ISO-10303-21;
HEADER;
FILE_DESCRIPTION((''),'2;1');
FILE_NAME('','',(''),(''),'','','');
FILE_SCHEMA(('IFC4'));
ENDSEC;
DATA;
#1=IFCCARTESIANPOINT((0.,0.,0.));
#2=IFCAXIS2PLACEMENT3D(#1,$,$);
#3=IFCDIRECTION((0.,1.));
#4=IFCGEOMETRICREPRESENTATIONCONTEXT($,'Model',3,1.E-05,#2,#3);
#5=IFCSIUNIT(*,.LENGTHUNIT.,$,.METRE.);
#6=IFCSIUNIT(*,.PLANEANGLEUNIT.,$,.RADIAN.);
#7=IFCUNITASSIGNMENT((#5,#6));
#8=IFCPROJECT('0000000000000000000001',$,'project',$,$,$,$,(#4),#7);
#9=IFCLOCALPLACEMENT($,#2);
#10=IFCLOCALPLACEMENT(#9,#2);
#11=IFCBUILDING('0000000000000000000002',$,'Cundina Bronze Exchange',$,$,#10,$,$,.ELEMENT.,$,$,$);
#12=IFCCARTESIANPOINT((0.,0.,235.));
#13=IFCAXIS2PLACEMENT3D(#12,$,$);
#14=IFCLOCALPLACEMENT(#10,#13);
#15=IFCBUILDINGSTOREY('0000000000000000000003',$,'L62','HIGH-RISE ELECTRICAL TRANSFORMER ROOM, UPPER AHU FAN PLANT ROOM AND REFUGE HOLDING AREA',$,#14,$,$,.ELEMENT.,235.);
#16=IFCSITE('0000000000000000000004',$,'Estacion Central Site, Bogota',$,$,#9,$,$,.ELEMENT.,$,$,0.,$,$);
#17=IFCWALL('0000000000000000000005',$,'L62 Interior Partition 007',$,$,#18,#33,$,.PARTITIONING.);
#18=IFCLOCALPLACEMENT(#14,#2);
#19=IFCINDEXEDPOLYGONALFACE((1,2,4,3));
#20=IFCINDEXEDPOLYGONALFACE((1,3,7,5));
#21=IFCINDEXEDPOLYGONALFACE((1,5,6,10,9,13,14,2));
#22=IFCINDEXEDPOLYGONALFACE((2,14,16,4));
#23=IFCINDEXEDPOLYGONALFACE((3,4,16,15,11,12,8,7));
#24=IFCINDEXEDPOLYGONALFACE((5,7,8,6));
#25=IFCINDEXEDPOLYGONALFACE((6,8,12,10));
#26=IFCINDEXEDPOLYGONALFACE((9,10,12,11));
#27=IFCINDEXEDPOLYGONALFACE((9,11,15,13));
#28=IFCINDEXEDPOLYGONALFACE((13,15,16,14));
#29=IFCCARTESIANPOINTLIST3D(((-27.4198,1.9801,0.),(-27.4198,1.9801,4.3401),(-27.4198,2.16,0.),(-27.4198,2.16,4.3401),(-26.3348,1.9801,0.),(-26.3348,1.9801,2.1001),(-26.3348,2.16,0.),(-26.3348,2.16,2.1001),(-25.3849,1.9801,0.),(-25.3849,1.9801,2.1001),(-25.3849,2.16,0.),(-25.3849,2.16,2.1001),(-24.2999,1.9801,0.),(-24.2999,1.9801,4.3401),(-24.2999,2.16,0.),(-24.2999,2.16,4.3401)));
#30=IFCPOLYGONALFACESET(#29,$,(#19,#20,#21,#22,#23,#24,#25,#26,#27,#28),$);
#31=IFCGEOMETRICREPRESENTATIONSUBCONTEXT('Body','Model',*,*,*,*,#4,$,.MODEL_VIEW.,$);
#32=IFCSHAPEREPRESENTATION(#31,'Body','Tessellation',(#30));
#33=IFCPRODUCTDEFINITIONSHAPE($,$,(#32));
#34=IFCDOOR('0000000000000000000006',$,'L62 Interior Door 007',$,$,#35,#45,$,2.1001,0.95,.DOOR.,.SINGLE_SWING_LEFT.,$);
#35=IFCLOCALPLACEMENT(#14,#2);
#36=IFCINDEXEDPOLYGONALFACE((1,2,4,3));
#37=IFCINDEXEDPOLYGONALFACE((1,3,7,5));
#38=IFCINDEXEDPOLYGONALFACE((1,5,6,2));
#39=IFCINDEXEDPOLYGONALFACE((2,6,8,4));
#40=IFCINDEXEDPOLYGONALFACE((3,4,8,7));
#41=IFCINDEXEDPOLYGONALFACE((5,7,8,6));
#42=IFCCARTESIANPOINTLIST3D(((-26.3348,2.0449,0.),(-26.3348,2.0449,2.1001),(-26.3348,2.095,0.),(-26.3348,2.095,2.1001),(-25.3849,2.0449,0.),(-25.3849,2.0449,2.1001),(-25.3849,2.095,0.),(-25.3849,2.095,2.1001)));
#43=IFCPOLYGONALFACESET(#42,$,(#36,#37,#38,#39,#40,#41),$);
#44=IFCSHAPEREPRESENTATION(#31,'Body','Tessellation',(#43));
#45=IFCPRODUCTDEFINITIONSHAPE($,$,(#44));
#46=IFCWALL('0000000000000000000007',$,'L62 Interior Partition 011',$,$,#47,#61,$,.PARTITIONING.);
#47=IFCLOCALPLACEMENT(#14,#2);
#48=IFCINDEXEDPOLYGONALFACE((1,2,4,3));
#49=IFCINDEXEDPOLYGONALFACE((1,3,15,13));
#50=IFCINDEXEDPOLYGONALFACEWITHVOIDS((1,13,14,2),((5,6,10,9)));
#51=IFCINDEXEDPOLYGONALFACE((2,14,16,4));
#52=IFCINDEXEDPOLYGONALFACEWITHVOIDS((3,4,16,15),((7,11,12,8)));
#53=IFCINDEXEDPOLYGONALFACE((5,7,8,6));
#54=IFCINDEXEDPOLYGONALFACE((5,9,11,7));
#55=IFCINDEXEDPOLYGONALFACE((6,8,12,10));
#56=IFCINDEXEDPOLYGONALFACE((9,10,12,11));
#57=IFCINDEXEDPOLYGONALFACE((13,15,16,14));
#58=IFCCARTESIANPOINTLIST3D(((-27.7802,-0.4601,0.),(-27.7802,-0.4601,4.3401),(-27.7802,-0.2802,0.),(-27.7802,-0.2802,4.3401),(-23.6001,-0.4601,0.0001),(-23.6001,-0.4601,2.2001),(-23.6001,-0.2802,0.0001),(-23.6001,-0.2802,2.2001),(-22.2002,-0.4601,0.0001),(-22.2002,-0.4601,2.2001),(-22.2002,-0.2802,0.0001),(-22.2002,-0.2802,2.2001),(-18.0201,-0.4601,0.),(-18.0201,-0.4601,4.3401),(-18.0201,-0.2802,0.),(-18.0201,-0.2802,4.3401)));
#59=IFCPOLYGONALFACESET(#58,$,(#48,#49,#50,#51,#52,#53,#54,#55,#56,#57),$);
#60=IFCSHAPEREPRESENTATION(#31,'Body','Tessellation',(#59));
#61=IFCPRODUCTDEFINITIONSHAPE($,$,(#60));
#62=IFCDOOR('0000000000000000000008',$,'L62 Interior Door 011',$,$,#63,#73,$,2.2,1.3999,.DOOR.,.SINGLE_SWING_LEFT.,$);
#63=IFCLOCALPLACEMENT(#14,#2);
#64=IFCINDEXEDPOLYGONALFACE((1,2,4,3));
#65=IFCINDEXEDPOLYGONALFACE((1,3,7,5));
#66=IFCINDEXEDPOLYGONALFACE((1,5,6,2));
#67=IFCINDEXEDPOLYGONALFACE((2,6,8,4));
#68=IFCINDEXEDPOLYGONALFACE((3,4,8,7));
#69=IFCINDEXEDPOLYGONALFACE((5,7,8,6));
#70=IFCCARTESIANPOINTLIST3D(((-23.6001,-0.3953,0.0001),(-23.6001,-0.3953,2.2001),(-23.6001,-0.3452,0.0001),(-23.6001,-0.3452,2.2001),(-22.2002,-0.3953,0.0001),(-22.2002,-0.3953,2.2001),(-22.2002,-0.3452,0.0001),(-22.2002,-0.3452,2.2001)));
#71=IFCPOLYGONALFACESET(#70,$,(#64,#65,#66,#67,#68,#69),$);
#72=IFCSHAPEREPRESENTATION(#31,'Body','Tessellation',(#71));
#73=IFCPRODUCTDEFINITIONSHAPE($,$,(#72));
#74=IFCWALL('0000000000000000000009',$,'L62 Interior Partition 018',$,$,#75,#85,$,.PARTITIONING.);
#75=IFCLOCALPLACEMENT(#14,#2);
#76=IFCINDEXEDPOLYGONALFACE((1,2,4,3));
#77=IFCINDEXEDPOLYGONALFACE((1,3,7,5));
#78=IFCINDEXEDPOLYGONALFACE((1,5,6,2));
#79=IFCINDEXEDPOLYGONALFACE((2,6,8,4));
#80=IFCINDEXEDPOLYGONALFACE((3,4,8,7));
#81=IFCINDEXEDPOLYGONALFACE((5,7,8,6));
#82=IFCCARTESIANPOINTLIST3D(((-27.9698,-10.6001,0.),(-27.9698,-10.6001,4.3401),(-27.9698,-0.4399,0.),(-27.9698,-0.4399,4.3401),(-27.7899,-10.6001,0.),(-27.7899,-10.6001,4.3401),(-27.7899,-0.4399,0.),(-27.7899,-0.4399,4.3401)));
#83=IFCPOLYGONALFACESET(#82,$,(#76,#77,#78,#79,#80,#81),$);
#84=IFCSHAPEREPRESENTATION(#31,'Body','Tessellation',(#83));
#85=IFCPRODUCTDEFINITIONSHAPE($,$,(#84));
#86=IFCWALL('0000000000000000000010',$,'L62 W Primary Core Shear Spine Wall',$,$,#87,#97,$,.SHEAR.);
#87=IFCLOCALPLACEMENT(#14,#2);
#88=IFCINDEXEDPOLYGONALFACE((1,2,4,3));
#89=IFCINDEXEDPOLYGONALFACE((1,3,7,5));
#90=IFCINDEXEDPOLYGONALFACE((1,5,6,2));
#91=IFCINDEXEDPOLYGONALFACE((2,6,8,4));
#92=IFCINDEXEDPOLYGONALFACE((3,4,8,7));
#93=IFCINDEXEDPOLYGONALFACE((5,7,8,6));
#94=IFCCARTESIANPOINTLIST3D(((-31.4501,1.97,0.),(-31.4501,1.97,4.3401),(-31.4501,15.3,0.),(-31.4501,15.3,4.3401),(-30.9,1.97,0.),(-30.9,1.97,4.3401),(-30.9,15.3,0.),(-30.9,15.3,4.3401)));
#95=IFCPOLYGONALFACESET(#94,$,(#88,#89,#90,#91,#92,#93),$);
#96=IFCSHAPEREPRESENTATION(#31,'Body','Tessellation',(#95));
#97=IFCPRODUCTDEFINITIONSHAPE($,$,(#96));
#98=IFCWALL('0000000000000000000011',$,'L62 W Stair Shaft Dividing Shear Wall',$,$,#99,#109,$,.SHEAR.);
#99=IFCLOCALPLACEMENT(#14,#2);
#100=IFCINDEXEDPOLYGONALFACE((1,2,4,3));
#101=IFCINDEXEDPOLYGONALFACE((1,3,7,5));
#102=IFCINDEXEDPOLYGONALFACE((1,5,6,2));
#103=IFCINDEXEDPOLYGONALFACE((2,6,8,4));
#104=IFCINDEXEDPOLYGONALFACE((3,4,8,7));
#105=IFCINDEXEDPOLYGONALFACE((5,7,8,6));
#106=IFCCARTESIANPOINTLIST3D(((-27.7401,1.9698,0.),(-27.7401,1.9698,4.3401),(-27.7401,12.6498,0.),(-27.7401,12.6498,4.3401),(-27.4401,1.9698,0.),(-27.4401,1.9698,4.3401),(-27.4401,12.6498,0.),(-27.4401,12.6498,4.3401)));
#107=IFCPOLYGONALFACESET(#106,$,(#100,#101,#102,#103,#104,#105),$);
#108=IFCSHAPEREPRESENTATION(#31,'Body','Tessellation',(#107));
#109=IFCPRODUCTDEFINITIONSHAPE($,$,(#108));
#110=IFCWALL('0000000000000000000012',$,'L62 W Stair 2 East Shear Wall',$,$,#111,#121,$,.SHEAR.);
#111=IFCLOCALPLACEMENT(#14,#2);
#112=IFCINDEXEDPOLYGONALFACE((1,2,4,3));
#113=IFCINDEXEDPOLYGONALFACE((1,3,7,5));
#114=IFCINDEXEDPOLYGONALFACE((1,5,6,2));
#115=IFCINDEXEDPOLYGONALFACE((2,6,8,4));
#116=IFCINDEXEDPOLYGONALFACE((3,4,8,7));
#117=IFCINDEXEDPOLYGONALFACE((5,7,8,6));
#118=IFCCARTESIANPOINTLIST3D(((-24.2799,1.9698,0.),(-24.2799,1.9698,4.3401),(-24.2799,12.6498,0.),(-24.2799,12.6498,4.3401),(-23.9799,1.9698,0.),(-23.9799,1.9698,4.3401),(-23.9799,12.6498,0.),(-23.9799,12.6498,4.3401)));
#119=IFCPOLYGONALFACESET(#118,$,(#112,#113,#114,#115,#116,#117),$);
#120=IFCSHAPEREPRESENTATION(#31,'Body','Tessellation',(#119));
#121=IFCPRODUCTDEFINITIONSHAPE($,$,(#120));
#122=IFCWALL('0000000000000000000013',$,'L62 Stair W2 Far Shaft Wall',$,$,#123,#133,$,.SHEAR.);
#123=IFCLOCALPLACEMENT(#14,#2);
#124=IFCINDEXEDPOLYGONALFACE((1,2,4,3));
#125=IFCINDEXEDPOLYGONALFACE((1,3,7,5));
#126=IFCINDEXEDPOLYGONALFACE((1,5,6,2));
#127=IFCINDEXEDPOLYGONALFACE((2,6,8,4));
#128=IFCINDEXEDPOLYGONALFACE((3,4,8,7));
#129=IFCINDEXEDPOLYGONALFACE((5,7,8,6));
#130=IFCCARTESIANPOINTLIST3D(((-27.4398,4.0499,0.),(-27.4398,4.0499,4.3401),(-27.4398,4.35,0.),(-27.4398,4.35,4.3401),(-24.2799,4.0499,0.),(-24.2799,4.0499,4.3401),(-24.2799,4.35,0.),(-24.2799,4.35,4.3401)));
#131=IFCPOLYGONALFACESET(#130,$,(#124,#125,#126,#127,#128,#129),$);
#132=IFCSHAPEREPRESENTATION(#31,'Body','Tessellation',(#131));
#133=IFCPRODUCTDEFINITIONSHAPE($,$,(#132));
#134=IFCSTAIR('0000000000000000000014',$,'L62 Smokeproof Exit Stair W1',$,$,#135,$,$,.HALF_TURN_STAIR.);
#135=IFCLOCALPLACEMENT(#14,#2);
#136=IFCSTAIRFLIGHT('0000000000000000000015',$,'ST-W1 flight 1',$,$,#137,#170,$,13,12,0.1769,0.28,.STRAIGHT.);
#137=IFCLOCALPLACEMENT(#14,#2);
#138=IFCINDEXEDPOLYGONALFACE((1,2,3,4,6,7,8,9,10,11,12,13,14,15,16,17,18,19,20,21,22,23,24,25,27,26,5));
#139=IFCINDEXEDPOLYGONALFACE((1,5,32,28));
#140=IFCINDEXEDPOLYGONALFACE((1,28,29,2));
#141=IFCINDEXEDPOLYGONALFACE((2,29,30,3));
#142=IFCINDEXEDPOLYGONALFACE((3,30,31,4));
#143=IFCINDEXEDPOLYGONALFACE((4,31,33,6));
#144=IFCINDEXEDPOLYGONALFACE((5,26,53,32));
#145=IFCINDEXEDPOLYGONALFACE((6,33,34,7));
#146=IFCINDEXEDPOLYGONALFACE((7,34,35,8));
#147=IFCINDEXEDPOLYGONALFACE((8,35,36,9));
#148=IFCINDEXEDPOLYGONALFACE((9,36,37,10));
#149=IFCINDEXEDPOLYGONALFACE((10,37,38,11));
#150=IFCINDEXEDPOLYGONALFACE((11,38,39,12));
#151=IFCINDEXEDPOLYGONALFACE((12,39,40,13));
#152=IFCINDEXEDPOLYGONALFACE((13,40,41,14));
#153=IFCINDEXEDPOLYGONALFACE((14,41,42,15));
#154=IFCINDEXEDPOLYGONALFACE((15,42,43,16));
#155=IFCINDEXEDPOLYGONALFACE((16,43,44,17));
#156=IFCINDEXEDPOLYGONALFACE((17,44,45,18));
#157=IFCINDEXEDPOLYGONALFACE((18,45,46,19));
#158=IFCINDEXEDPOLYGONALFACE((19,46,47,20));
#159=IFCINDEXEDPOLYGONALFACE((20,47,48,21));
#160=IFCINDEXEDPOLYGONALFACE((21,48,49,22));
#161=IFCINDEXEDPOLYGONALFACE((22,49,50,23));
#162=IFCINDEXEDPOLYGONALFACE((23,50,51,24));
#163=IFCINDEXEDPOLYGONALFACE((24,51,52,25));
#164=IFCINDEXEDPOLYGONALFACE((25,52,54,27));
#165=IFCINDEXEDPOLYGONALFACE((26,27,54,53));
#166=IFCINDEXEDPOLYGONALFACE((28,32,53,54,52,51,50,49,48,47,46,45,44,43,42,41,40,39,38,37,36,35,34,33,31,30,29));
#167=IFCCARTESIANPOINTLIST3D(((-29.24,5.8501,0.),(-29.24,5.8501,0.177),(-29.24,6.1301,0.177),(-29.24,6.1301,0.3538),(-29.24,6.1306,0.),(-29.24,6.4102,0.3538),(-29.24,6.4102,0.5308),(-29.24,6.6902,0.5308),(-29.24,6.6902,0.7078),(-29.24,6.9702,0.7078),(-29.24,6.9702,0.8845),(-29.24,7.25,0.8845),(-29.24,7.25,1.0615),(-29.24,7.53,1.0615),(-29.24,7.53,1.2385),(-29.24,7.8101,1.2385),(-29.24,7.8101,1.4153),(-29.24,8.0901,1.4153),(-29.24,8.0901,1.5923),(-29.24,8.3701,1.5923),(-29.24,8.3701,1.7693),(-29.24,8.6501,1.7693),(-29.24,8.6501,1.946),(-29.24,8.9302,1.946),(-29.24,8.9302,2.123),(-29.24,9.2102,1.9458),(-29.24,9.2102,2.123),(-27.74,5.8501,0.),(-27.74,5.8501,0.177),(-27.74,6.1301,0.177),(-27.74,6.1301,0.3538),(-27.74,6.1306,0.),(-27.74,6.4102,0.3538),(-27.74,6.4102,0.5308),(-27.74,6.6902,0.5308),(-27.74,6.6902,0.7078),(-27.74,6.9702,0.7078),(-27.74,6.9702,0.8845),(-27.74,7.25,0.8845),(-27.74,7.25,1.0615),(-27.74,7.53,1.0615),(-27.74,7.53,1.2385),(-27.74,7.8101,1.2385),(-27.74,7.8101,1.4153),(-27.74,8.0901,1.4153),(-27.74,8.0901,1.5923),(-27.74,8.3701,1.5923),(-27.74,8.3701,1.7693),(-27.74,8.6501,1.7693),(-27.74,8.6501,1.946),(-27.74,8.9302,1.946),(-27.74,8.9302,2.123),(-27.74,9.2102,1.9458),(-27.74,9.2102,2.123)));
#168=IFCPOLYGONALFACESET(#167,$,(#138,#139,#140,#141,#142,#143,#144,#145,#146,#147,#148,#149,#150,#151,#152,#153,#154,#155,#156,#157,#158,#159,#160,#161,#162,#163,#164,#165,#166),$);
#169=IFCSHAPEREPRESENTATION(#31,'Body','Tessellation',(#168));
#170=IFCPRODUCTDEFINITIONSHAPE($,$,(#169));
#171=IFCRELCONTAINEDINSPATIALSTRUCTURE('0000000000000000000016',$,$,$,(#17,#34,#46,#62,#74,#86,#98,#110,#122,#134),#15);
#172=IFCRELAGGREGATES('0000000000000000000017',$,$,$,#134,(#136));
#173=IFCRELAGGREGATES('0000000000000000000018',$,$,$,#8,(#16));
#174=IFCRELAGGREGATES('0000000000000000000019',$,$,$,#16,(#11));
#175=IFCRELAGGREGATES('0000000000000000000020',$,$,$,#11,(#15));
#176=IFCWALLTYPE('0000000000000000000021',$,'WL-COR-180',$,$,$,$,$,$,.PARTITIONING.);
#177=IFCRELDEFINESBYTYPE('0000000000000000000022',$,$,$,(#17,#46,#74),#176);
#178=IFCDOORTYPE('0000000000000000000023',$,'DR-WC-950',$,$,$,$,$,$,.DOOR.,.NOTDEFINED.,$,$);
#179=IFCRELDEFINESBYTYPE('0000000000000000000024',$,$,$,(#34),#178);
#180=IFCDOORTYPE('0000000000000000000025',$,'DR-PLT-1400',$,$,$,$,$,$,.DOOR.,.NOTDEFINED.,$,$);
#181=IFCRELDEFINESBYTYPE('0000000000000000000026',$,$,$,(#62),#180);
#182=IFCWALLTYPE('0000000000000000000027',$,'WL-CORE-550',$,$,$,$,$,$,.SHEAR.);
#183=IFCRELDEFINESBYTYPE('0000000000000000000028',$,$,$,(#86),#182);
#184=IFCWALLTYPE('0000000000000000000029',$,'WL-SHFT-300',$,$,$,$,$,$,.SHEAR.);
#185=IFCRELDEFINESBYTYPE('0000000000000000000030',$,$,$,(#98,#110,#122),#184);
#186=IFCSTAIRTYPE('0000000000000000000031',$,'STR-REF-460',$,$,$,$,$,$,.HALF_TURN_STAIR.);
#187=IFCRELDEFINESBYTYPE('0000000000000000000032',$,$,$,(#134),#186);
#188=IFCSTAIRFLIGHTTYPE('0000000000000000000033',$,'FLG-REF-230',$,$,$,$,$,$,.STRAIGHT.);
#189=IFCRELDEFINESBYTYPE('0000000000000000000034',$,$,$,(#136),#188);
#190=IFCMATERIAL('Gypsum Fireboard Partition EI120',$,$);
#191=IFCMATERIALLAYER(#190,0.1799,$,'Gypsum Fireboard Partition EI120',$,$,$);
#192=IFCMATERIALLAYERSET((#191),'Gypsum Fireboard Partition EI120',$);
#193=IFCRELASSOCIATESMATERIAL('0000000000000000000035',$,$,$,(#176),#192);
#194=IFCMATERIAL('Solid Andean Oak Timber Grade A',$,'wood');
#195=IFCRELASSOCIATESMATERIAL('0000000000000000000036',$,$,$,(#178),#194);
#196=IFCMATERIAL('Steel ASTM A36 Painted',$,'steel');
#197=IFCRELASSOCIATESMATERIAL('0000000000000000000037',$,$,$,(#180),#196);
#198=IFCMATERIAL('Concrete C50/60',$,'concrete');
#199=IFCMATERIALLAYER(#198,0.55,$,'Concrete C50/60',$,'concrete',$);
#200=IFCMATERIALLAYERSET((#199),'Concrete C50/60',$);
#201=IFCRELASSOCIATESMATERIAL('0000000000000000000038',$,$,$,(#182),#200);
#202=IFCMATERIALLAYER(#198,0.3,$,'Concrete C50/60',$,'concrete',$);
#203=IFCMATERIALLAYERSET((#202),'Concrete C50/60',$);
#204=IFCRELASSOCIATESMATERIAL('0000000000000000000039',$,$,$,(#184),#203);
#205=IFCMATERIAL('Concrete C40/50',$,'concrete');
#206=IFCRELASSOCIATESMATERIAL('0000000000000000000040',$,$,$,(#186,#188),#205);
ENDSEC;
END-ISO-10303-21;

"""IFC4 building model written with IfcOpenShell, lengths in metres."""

from ifc_helpers import new_model, si_unit, direction, frame, frame_2d, origin, place, context, subcontext, project, spatial, polyline, rectangle, outline, extrude, material, layer, layer_set, type_object, element, fill, aggregate, save


model = new_model("IFC4")

# Units and contexts
model_context = context("Model", 3, precision=1e-05, world=origin(), true_north=direction((0.0, 1.0)))
body_context = subcontext(model_context, "Body", "Model", "MODEL_VIEW")
ifc_project = project(units=[si_unit("LENGTHUNIT", "METRE"), si_unit("PLANEANGLEUNIT", "RADIAN")], contexts=[model_context])

# Site, building, storey
site_placement = place(None, origin())
site = spatial("IfcSite", under=ifc_project, at=site_placement, Name="Estacion Central Site, Bogota", CompositionType="ELEMENT", RefElevation=0.0)
building_placement = place(site_placement, origin())
building = spatial("IfcBuilding", under=site, at=building_placement, Name="Cundina Bronze Exchange", CompositionType="ELEMENT")
storey_placement = place(building_placement, frame((0.0, 0.0, 235.0)))
storey = spatial("IfcBuildingStorey", under=building, at=storey_placement, Name="L62", Description="HIGH-RISE ELECTRICAL TRANSFORMER ROOM, UPPER AHU FAN PLANT ROOM AND REFUGE HOLDING AREA", CompositionType="ELEMENT", Elevation=235.0)

# Shared definitions
ifc_material_1 = material(Name="Concrete C50/60", Category="concrete")

# Walls, openings, doors
ifc_material_2 = material(Name="Gypsum Fireboard Partition EI120")
ifc_layer_1 = layer(ifc_material_2, 0.1799, Name="Gypsum Fireboard Partition EI120")
ifc_layer_set_1 = layer_set([ifc_layer_1], Name="Gypsum Fireboard Partition EI120")
wall_type_1 = type_object("IfcWallType", Name="WL-COR-180", PredefinedType="PARTITIONING", material=ifc_layer_set_1)
ifc_material_3 = material(Name="Steel ASTM A36 Painted", Category="steel")
wall_1_placement = place(storey_placement, frame((-27.4199, 2.0701, 0.0), z_axis=(0.0, 0.0, 1.0), x_axis=(1.0, 0.0, 0.0)))
wall_1 = element("IfcWall", 1, at=wall_1_placement, inside=storey, type_object=wall_type_1, Name="L62 Interior Partition 007", PredefinedType="PARTITIONING", context=body_context, shape_type="SweptSolid", body=[
    extrude(rectangle(XDim=3.1199, YDim=0.1799, at=frame_2d((1.5601, 0.0))), origin(), (0.0, 0.0, 1.0), 4.3401),
])
opening_1_placement = place(wall_1_placement, frame((1.085, 0.0, 0.0)))
opening_1 = element("IfcOpeningElement", 2, at=opening_1_placement, cuts=wall_1, PredefinedType="OPENING", context=body_context, shape_type="SweptSolid", body=[
    extrude(rectangle(XDim=0.95, YDim=2.1001, at=frame_2d((0.4751, 1.05))), frame((0.0, 0.0999, 0.0), z_axis=(0.0, -1.0, 0.0), x_axis=(1.0, 0.0, 0.0)), (0.0, 0.0, 1.0), 0.2),
])
ifc_material_4 = material(Name="Solid Andean Oak Timber Grade A", Category="wood")
door_type_1 = type_object("IfcDoorType", Name="DR-WC-950", OperationType="NOTDEFINED", PredefinedType="DOOR", material=ifc_material_4)
door_1_placement = place(opening_1_placement, origin())
door_1 = element("IfcDoor", 3, at=door_1_placement, inside=storey, type_object=door_type_1, Name="L62 Interior Door 007", OperationType="SINGLE_SWING_LEFT", OverallHeight=2.1001, OverallWidth=0.95, PredefinedType="DOOR", context=body_context, shape_type="SweptSolid", body=[
    extrude(rectangle(XDim=0.95, YDim=2.1001, at=frame_2d((0.4751, 1.05))), frame((0.0, 0.0249, 0.0), z_axis=(0.0, -1.0, 0.0), x_axis=(1.0, 0.0, 0.0)), (0.0, 0.0, 1.0), 0.05),
])
fill(opening_1, door_1)
wall_2_placement = place(storey_placement, frame((-27.78, -0.3701, 0.0), z_axis=(0.0, 0.0, 1.0), x_axis=(1.0, 0.0, 0.0)))
wall_2 = element("IfcWall", 4, at=wall_2_placement, inside=storey, type_object=wall_type_1, Name="L62 Interior Partition 011", PredefinedType="PARTITIONING", context=body_context, shape_type="SweptSolid", body=[
    extrude(rectangle(XDim=9.76, YDim=0.1799, at=frame_2d((4.8799, 0.0))), origin(), (0.0, 0.0, 1.0), 4.3401),
])
opening_2_placement = place(wall_2_placement, frame((4.1799, 0.0, 0.0)))
opening_2 = element("IfcOpeningElement", 5, at=opening_2_placement, cuts=wall_2, PredefinedType="OPENING", context=body_context, shape_type="SweptSolid", body=[
    extrude(rectangle(XDim=1.3999, YDim=2.2, at=frame_2d((0.7, 1.1001))), frame((0.0, 0.0999, 0.0), z_axis=(0.0, -1.0, 0.0), x_axis=(1.0, 0.0, 0.0)), (0.0, 0.0, 1.0), 0.2),
])
door_type_2 = type_object("IfcDoorType", Name="DR-PLT-1400", OperationType="NOTDEFINED", PredefinedType="DOOR", material=ifc_material_3)
door_2_placement = place(opening_2_placement, origin())
door_2 = element("IfcDoor", 6, at=door_2_placement, inside=storey, type_object=door_type_2, Name="L62 Interior Door 011", OperationType="SINGLE_SWING_LEFT", OverallHeight=2.2, OverallWidth=1.3999, PredefinedType="DOOR", context=body_context, shape_type="SweptSolid", body=[
    extrude(rectangle(XDim=1.3999, YDim=2.2, at=frame_2d((0.7, 1.1001))), frame((0.0, 0.0249, 0.0), z_axis=(0.0, -1.0, 0.0), x_axis=(1.0, 0.0, 0.0)), (0.0, 0.0, 1.0), 0.05),
])
fill(opening_2, door_2)

# Walls
wall_3_placement = place(storey_placement, frame((-27.8799, -10.6001, 0.0), z_axis=(0.0, 0.0, 1.0), x_axis=(0.0, 1.0, 0.0)))
element("IfcWall", 7, at=wall_3_placement, inside=storey, type_object=wall_type_1, Name="L62 Interior Partition 018", PredefinedType="PARTITIONING", context=body_context, shape_type="SweptSolid", body=[
    extrude(rectangle(XDim=10.1602, YDim=0.1799, at=frame_2d((5.0801, 0.0))), origin(), (0.0, 0.0, 1.0), 4.3401),
])
ifc_layer_2 = layer(ifc_material_1, 0.55, Name="Concrete C50/60", Category="concrete")
ifc_layer_set_2 = layer_set([ifc_layer_2], Name="Concrete C50/60")
wall_type_2 = type_object("IfcWallType", Name="WL-CORE-550", PredefinedType="SHEAR", material=ifc_layer_set_2)
wall_4_placement = place(storey_placement, frame((-31.175, 1.97, 0.0), z_axis=(0.0, 0.0, 1.0), x_axis=(0.0, 1.0, 0.0)))
element("IfcWall", 8, at=wall_4_placement, inside=storey, type_object=wall_type_2, Name="L62 W Primary Core Shear Spine Wall", PredefinedType="SHEAR", context=body_context, shape_type="SweptSolid", body=[
    extrude(rectangle(XDim=13.3301, YDim=0.55, at=frame_2d((6.665, 0.0))), origin(), (0.0, 0.0, 1.0), 4.3401),
])
ifc_layer_3 = layer(ifc_material_1, 0.3, Name="Concrete C50/60", Category="concrete")
ifc_layer_set_3 = layer_set([ifc_layer_3], Name="Concrete C50/60")
wall_type_3 = type_object("IfcWallType", Name="WL-SHFT-300", PredefinedType="SHEAR", material=ifc_layer_set_3)
for number, where, z_axis, x_axis, name in (
    (9, (-27.5901, 1.97, 0.0), (0.0, 0.0, 1.0), (0.0, 1.0, 0.0), "L62 W Stair Shaft Dividing Shear Wall"),
    (10, (-24.1299, 1.97, 0.0), (0.0, 0.0, 1.0), (0.0, 1.0, 0.0), "L62 W Stair 2 East Shear Wall"),
):
    element("IfcWall", number, at=place(storey_placement, frame(where, z_axis=z_axis, x_axis=x_axis)), inside=storey, type_object=wall_type_3, Name=name, PredefinedType="SHEAR", context=body_context, shape_type="SweptSolid", body=[
        extrude(rectangle(XDim=10.6799, YDim=0.3, at=frame_2d((5.3398, 0.0))), origin(), (0.0, 0.0, 1.0), 4.3401),
    ])

# Wall
wall_5_placement = place(storey_placement, frame((-27.4399, 4.2, 0.0), z_axis=(0.0, 0.0, 1.0), x_axis=(1.0, 0.0, 0.0)))
element("IfcWall", 11, at=wall_5_placement, inside=storey, type_object=wall_type_3, Name="L62 Stair W2 Far Shaft Wall", PredefinedType="SHEAR", context=body_context, shape_type="SweptSolid", body=[
    extrude(rectangle(XDim=3.1599, YDim=0.3, at=frame_2d((1.5801, 0.0))), origin(), (0.0, 0.0, 1.0), 4.3401),
])

# Stair, stair flight
ifc_material_5 = material(Name="Concrete C40/50", Category="concrete")
stair_type = type_object("IfcStairType", Name="STR-REF-460", PredefinedType="HALF_TURN_STAIR", material=ifc_material_5)
stair_placement = place(storey_placement, origin())
stair = element("IfcStair", 12, at=stair_placement, inside=storey, type_object=stair_type, Name="L62 Smokeproof Exit Stair W1", PredefinedType="HALF_TURN_STAIR")
stair_flight_type = type_object("IfcStairFlightType", Name="FLG-REF-230", PredefinedType="STRAIGHT", material=ifc_material_5)
stair_flight_placement = place(storey_placement, frame((-28.49, 5.8501, 0.0), z_axis=(0.0, 0.0, 1.0), x_axis=(0.0, 1.0, 0.0)))
stair_flight = element("IfcStairFlight", 13, at=stair_flight_placement, type_object=stair_flight_type, Name="ST-W1 flight 1", NumberOfRisers=13, NumberOfTreads=12, PredefinedType="STRAIGHT", RiserHeight=0.1769, TreadLength=0.28, context=body_context, shape_type="SweptSolid", body=[
    extrude(outline(polyline([(0.0, 0.0), (0.0, 0.177), (0.28, 0.177), (0.28, 0.3538), (0.5601, 0.3538), (0.5601, 0.5308), (0.8401, 0.5308), (0.8401, 0.7078), (1.1201, 0.7078), (1.1201, 0.8845), (1.3999, 0.8845), (1.3999, 1.0615), (1.6799, 1.0615), (1.6799, 1.2385), (1.96, 1.2385), (1.96, 1.4153), (2.24, 1.4153), (2.24, 1.5923), (2.52, 1.5923), (2.52, 1.7693), (2.8, 1.7693), (2.8, 1.946), (3.0801, 1.946), (3.0801, 2.123), (3.3601, 2.123), (3.3601, 2.3), (3.3601, 1.9458), (0.2805, 0.0), (0.0, 0.0)])), frame((0.0, 0.75, 0.0), z_axis=(0.0, -1.0, 0.0), x_axis=(1.0, 0.0, 0.0)), (0.0, 0.0, 1.0), 1.5),
])
aggregate(stair, [stair_flight])

save(model, "model.ifc")
